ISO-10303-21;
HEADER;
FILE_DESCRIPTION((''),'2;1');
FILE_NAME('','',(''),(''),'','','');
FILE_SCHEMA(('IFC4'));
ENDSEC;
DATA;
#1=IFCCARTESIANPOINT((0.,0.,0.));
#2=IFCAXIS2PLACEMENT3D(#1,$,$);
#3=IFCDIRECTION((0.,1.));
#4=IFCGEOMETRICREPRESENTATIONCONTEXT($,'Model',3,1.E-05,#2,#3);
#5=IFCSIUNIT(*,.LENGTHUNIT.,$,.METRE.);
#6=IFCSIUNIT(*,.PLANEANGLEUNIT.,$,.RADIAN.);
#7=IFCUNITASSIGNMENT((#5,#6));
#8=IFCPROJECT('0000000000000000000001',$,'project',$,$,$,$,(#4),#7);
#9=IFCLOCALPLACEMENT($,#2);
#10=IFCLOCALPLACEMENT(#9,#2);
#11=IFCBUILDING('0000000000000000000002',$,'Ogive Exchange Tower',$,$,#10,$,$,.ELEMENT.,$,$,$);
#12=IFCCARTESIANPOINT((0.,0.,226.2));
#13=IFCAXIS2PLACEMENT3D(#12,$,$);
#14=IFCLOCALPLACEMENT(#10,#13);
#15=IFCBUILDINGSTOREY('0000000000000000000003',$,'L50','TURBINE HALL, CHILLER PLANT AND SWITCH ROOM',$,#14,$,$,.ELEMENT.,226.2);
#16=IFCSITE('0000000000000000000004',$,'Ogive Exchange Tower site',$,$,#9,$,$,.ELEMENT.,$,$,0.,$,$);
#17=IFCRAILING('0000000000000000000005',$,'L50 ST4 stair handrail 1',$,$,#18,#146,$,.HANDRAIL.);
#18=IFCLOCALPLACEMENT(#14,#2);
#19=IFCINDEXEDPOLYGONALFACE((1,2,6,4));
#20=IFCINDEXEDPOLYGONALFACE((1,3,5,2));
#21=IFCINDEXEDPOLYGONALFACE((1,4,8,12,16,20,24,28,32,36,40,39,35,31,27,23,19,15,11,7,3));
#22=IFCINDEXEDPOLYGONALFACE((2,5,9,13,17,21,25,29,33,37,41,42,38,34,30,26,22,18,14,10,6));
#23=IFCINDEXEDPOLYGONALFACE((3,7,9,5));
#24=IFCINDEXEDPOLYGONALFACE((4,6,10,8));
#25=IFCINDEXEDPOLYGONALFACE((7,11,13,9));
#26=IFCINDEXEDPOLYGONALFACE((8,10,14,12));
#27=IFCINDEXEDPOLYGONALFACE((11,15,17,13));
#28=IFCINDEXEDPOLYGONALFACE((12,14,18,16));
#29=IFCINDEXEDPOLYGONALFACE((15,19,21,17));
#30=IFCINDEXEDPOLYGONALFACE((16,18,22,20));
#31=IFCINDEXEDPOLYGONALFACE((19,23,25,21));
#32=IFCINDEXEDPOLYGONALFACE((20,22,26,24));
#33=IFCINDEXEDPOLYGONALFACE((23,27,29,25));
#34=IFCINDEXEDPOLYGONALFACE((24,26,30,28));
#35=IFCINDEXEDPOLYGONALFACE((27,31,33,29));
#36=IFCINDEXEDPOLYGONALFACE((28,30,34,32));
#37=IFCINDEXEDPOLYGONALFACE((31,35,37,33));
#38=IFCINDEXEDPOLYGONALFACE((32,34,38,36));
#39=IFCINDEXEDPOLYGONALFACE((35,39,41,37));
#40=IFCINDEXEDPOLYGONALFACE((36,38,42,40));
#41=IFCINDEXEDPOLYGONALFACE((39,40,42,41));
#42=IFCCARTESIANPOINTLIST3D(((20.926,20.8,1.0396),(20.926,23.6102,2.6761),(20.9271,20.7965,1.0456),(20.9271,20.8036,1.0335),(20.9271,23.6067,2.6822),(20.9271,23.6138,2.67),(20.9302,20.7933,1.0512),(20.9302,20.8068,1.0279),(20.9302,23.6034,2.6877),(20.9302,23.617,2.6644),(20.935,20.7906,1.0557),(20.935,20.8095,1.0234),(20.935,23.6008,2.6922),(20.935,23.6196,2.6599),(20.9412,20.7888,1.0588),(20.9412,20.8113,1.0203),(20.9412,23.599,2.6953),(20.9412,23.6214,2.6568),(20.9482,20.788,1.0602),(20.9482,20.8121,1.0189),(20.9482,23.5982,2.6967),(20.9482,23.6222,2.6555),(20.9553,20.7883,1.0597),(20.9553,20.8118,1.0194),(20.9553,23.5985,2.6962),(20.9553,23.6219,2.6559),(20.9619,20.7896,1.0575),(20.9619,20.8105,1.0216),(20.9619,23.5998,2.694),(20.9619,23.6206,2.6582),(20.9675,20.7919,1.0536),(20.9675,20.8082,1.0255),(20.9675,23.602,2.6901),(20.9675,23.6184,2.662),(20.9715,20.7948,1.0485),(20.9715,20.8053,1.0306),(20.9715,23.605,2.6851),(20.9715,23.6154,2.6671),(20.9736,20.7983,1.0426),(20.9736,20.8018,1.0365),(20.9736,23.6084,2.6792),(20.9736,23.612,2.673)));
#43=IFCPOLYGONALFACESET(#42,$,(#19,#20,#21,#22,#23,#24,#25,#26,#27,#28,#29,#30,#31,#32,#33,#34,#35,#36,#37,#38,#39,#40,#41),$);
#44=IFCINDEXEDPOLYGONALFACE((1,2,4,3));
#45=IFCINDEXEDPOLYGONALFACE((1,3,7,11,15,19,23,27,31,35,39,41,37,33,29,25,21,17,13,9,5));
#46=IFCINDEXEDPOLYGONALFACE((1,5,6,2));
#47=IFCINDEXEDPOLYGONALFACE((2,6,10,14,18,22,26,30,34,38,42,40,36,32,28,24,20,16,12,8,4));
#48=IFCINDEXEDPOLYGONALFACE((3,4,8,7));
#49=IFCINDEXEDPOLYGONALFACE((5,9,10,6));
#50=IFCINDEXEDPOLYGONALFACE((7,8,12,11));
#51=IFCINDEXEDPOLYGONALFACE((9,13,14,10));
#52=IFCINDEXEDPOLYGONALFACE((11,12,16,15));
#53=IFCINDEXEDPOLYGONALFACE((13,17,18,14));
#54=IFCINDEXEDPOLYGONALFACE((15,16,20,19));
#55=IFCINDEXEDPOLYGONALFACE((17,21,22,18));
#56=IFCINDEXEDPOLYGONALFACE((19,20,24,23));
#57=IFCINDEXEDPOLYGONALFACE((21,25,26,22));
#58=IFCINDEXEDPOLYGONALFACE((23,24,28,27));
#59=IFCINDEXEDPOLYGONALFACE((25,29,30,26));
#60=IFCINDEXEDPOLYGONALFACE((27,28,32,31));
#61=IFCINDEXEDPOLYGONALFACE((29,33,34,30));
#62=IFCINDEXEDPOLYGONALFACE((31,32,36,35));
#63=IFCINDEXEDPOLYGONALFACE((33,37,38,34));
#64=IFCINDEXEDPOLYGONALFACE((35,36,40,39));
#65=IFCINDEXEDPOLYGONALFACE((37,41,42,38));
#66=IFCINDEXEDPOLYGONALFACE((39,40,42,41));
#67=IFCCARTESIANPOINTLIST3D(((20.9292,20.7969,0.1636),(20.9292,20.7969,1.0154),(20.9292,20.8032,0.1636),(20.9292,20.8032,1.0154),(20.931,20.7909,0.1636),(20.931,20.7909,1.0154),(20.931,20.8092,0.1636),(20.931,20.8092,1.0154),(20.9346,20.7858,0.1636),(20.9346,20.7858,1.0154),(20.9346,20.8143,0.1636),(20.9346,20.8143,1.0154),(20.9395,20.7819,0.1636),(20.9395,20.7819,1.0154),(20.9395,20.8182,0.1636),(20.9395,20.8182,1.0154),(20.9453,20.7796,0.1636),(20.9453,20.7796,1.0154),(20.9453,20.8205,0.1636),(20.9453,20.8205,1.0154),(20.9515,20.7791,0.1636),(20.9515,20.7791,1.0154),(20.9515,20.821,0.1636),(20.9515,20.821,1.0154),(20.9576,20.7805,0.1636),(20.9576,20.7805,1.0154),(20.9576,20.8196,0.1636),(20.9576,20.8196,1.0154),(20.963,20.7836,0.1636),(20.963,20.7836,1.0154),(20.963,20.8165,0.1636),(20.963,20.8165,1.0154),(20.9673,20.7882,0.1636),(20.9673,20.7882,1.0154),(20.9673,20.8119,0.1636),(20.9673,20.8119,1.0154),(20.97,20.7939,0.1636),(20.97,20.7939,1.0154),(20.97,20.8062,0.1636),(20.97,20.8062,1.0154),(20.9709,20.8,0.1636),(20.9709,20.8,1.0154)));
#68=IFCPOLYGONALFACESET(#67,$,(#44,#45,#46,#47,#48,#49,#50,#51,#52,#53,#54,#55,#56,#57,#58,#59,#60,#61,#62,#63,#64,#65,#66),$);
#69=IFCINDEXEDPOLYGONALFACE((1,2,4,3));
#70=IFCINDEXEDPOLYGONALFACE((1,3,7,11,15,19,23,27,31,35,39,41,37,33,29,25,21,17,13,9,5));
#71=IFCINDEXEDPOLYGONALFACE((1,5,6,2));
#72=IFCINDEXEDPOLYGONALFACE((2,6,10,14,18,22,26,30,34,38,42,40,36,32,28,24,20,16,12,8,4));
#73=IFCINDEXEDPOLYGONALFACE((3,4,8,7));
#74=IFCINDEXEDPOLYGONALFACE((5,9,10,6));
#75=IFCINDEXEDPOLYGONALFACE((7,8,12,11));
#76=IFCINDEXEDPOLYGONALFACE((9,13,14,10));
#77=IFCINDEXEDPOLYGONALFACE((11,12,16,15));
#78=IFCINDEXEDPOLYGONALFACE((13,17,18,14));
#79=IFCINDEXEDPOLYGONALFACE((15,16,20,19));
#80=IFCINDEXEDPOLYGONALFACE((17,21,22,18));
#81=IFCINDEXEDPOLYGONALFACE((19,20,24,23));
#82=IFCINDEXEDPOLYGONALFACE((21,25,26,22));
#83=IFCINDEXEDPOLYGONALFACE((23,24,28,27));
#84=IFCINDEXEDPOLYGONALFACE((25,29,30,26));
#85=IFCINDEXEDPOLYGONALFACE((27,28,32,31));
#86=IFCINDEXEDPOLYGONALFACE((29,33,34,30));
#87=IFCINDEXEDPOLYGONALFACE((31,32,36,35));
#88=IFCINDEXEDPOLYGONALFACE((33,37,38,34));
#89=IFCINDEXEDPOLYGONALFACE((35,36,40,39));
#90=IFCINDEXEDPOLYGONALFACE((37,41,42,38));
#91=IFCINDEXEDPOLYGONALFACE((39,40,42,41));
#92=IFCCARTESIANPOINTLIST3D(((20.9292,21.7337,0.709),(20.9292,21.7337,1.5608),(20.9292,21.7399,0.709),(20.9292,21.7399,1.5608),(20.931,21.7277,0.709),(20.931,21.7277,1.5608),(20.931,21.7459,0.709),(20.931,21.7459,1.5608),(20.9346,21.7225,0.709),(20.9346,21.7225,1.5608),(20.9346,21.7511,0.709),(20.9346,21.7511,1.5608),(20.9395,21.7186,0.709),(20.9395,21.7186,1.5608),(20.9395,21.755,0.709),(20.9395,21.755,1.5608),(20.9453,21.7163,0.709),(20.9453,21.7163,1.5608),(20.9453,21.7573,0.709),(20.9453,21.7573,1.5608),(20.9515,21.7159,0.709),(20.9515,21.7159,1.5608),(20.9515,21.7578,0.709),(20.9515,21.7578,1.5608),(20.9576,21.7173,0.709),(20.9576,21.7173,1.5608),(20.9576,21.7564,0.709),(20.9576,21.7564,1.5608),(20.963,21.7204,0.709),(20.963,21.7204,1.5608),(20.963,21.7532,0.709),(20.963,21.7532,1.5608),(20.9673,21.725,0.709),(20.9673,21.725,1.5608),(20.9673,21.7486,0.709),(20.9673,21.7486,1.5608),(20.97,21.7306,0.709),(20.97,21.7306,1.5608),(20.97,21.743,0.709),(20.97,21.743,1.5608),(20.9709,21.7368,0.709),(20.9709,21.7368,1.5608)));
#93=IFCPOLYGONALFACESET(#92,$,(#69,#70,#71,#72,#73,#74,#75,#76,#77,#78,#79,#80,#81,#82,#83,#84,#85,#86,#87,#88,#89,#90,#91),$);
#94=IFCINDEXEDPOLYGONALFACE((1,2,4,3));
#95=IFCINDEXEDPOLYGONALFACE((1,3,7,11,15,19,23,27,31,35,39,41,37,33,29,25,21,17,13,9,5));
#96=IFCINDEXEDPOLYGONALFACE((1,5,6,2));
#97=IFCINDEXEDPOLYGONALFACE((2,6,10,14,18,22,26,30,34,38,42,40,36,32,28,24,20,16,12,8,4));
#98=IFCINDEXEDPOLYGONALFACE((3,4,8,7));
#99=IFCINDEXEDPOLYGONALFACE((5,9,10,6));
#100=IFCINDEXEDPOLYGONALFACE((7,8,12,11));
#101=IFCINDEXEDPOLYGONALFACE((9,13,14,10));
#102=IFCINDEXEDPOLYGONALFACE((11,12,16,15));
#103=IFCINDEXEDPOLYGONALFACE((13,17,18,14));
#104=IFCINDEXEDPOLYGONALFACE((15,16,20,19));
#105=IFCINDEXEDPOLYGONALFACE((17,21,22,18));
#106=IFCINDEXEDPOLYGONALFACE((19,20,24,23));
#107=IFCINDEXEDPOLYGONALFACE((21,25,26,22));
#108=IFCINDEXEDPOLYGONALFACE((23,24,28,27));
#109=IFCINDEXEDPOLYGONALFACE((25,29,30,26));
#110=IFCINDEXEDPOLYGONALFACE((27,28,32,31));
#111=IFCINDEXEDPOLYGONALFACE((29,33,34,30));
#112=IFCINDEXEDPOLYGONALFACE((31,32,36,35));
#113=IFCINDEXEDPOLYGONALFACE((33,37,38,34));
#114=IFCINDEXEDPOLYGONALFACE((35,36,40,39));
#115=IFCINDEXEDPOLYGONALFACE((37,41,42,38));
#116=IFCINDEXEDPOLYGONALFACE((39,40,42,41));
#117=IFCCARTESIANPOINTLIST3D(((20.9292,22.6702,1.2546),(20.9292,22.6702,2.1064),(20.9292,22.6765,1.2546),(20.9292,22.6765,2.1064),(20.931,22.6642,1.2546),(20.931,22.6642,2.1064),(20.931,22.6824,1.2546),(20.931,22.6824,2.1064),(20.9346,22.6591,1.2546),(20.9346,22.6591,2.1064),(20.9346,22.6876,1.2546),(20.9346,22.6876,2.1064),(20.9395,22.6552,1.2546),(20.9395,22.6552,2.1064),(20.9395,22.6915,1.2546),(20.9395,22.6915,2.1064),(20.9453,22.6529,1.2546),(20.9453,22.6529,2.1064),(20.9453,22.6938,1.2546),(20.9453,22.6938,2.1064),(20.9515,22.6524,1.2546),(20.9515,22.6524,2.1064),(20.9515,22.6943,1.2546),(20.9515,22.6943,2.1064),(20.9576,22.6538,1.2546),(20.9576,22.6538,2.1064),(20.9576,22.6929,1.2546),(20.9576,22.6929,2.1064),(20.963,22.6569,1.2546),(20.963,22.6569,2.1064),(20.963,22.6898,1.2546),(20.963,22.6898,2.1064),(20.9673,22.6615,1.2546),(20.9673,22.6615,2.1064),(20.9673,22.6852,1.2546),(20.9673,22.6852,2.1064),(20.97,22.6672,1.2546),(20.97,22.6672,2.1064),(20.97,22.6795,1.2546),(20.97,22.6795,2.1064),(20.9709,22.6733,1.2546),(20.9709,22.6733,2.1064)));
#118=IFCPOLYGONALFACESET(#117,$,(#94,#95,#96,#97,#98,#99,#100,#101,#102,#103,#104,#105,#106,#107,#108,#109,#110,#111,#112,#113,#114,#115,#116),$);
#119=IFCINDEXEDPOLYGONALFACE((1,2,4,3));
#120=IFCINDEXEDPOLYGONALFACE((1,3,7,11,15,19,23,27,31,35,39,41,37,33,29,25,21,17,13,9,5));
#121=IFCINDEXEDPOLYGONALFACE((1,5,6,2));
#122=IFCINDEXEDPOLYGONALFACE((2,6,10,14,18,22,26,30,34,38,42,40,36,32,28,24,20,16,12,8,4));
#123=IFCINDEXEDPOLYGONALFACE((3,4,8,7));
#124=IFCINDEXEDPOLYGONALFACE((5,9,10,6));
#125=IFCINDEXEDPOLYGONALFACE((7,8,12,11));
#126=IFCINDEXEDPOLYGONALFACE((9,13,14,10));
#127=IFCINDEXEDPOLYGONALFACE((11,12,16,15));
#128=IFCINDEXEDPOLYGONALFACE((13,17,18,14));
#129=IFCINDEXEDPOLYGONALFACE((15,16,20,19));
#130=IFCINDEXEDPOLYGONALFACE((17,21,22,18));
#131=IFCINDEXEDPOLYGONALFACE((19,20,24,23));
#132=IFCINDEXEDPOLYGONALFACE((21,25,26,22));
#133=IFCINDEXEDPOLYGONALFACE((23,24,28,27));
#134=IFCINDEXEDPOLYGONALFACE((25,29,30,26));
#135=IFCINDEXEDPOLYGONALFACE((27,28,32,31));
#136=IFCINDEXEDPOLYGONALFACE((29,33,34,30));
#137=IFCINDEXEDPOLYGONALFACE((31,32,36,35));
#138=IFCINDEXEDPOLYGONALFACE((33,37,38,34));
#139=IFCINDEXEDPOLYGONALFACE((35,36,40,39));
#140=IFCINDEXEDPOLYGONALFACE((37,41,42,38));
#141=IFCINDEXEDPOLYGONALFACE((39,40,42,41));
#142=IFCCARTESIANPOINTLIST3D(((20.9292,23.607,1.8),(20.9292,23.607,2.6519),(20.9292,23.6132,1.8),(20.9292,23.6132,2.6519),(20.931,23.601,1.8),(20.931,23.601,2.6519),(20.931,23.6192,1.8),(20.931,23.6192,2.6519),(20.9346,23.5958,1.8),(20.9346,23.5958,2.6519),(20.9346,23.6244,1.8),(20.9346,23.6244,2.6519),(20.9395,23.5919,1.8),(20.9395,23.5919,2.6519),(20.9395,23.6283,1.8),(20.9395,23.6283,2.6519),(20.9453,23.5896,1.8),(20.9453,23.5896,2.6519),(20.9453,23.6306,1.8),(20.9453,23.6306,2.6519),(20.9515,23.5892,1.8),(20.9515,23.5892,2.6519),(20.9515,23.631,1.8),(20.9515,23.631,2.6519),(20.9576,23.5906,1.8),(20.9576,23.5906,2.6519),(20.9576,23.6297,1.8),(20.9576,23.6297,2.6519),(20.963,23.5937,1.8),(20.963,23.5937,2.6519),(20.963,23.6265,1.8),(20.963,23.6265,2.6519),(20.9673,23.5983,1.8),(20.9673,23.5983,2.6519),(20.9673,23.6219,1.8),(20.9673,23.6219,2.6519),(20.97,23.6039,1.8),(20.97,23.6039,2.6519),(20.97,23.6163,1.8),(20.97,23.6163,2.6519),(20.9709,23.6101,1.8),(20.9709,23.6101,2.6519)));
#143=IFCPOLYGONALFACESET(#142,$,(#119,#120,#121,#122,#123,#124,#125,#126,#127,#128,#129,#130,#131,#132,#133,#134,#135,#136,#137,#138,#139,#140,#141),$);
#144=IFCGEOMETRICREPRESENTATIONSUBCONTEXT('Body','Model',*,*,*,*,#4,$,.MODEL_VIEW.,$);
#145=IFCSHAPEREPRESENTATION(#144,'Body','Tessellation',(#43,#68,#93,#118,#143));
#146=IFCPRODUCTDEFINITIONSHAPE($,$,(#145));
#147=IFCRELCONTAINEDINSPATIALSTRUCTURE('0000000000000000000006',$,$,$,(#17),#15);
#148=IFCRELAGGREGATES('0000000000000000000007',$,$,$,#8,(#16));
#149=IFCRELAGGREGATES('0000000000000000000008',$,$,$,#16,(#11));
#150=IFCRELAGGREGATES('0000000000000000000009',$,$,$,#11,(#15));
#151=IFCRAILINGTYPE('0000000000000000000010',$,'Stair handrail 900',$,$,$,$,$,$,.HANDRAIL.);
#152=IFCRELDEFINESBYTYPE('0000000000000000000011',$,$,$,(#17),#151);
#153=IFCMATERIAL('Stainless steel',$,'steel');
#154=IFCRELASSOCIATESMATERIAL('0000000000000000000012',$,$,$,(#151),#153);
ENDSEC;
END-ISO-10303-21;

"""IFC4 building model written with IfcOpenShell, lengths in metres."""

from ifc_helpers import new_model, si_unit, direction, frame, origin, origin_2d, place, context, subcontext, project, spatial, circle, extrude, material, type_object, element, save


model = new_model("IFC4")

# Units and contexts
model_context = context("Model", 3, precision=1e-05, world=origin(), true_north=direction((0.0, 1.0)))
body_context = subcontext(model_context, "Body", "Model", "MODEL_VIEW")
ifc_project = project(units=[si_unit("LENGTHUNIT", "METRE"), si_unit("PLANEANGLEUNIT", "RADIAN")], contexts=[model_context])

# Site, building, storey
site_placement = place(None, origin())
site = spatial("IfcSite", under=ifc_project, at=site_placement, Name="Ogive Exchange Tower site", CompositionType="ELEMENT", RefElevation=0.0)
building_placement = place(site_placement, origin())
building = spatial("IfcBuilding", under=site, at=building_placement, Name="Ogive Exchange Tower", CompositionType="ELEMENT")
storey_placement = place(building_placement, frame((0.0, 0.0, 226.2)))
storey = spatial("IfcBuildingStorey", under=building, at=storey_placement, Name="L50", Description="TURBINE HALL, CHILLER PLANT AND SWITCH ROOM", CompositionType="ELEMENT", Elevation=226.2)

# Railing
ifc_material_1 = material(Name="Stainless steel", Category="steel")
railing_type = type_object("IfcRailingType", Name="Stair handrail 900", PredefinedType="HANDRAIL", material=ifc_material_1)
railing_1_placement = place(storey_placement, frame((20.95, 20.8, 0.1636)))
element("IfcRailing", 1, at=railing_1_placement, inside=storey, type_object=railing_type, Name="L50 ST4 stair handrail 1", PredefinedType="HANDRAIL", context=body_context, shape_type="SweptSolid", body=[
    extrude(circle(Radius=0.0239, at=origin_2d()), frame((0.0, 0.0, 0.876), z_axis=(0.0, 0.864144, 0.503245), x_axis=(-1.0, 0.0, 0.0)), (0.0, 0.0, 1.0), 3.252),
    extrude(circle(Radius=0.021, at=origin_2d()), origin(), (0.0, 0.0, 1.0), 0.8518),
    extrude(circle(Radius=0.021, at=origin_2d()), frame((0.0, 0.9368, 0.5454)), (0.0, 0.0, 1.0), 0.8518),
    extrude(circle(Radius=0.021, at=origin_2d()), frame((0.0, 1.8733, 1.0911)), (0.0, 0.0, 1.0), 0.8518),
    extrude(circle(Radius=0.021, at=origin_2d()), frame((0.0, 2.8101, 1.6365)), (0.0, 0.0, 1.0), 0.8518),
])

save(model, "model.ifc")
